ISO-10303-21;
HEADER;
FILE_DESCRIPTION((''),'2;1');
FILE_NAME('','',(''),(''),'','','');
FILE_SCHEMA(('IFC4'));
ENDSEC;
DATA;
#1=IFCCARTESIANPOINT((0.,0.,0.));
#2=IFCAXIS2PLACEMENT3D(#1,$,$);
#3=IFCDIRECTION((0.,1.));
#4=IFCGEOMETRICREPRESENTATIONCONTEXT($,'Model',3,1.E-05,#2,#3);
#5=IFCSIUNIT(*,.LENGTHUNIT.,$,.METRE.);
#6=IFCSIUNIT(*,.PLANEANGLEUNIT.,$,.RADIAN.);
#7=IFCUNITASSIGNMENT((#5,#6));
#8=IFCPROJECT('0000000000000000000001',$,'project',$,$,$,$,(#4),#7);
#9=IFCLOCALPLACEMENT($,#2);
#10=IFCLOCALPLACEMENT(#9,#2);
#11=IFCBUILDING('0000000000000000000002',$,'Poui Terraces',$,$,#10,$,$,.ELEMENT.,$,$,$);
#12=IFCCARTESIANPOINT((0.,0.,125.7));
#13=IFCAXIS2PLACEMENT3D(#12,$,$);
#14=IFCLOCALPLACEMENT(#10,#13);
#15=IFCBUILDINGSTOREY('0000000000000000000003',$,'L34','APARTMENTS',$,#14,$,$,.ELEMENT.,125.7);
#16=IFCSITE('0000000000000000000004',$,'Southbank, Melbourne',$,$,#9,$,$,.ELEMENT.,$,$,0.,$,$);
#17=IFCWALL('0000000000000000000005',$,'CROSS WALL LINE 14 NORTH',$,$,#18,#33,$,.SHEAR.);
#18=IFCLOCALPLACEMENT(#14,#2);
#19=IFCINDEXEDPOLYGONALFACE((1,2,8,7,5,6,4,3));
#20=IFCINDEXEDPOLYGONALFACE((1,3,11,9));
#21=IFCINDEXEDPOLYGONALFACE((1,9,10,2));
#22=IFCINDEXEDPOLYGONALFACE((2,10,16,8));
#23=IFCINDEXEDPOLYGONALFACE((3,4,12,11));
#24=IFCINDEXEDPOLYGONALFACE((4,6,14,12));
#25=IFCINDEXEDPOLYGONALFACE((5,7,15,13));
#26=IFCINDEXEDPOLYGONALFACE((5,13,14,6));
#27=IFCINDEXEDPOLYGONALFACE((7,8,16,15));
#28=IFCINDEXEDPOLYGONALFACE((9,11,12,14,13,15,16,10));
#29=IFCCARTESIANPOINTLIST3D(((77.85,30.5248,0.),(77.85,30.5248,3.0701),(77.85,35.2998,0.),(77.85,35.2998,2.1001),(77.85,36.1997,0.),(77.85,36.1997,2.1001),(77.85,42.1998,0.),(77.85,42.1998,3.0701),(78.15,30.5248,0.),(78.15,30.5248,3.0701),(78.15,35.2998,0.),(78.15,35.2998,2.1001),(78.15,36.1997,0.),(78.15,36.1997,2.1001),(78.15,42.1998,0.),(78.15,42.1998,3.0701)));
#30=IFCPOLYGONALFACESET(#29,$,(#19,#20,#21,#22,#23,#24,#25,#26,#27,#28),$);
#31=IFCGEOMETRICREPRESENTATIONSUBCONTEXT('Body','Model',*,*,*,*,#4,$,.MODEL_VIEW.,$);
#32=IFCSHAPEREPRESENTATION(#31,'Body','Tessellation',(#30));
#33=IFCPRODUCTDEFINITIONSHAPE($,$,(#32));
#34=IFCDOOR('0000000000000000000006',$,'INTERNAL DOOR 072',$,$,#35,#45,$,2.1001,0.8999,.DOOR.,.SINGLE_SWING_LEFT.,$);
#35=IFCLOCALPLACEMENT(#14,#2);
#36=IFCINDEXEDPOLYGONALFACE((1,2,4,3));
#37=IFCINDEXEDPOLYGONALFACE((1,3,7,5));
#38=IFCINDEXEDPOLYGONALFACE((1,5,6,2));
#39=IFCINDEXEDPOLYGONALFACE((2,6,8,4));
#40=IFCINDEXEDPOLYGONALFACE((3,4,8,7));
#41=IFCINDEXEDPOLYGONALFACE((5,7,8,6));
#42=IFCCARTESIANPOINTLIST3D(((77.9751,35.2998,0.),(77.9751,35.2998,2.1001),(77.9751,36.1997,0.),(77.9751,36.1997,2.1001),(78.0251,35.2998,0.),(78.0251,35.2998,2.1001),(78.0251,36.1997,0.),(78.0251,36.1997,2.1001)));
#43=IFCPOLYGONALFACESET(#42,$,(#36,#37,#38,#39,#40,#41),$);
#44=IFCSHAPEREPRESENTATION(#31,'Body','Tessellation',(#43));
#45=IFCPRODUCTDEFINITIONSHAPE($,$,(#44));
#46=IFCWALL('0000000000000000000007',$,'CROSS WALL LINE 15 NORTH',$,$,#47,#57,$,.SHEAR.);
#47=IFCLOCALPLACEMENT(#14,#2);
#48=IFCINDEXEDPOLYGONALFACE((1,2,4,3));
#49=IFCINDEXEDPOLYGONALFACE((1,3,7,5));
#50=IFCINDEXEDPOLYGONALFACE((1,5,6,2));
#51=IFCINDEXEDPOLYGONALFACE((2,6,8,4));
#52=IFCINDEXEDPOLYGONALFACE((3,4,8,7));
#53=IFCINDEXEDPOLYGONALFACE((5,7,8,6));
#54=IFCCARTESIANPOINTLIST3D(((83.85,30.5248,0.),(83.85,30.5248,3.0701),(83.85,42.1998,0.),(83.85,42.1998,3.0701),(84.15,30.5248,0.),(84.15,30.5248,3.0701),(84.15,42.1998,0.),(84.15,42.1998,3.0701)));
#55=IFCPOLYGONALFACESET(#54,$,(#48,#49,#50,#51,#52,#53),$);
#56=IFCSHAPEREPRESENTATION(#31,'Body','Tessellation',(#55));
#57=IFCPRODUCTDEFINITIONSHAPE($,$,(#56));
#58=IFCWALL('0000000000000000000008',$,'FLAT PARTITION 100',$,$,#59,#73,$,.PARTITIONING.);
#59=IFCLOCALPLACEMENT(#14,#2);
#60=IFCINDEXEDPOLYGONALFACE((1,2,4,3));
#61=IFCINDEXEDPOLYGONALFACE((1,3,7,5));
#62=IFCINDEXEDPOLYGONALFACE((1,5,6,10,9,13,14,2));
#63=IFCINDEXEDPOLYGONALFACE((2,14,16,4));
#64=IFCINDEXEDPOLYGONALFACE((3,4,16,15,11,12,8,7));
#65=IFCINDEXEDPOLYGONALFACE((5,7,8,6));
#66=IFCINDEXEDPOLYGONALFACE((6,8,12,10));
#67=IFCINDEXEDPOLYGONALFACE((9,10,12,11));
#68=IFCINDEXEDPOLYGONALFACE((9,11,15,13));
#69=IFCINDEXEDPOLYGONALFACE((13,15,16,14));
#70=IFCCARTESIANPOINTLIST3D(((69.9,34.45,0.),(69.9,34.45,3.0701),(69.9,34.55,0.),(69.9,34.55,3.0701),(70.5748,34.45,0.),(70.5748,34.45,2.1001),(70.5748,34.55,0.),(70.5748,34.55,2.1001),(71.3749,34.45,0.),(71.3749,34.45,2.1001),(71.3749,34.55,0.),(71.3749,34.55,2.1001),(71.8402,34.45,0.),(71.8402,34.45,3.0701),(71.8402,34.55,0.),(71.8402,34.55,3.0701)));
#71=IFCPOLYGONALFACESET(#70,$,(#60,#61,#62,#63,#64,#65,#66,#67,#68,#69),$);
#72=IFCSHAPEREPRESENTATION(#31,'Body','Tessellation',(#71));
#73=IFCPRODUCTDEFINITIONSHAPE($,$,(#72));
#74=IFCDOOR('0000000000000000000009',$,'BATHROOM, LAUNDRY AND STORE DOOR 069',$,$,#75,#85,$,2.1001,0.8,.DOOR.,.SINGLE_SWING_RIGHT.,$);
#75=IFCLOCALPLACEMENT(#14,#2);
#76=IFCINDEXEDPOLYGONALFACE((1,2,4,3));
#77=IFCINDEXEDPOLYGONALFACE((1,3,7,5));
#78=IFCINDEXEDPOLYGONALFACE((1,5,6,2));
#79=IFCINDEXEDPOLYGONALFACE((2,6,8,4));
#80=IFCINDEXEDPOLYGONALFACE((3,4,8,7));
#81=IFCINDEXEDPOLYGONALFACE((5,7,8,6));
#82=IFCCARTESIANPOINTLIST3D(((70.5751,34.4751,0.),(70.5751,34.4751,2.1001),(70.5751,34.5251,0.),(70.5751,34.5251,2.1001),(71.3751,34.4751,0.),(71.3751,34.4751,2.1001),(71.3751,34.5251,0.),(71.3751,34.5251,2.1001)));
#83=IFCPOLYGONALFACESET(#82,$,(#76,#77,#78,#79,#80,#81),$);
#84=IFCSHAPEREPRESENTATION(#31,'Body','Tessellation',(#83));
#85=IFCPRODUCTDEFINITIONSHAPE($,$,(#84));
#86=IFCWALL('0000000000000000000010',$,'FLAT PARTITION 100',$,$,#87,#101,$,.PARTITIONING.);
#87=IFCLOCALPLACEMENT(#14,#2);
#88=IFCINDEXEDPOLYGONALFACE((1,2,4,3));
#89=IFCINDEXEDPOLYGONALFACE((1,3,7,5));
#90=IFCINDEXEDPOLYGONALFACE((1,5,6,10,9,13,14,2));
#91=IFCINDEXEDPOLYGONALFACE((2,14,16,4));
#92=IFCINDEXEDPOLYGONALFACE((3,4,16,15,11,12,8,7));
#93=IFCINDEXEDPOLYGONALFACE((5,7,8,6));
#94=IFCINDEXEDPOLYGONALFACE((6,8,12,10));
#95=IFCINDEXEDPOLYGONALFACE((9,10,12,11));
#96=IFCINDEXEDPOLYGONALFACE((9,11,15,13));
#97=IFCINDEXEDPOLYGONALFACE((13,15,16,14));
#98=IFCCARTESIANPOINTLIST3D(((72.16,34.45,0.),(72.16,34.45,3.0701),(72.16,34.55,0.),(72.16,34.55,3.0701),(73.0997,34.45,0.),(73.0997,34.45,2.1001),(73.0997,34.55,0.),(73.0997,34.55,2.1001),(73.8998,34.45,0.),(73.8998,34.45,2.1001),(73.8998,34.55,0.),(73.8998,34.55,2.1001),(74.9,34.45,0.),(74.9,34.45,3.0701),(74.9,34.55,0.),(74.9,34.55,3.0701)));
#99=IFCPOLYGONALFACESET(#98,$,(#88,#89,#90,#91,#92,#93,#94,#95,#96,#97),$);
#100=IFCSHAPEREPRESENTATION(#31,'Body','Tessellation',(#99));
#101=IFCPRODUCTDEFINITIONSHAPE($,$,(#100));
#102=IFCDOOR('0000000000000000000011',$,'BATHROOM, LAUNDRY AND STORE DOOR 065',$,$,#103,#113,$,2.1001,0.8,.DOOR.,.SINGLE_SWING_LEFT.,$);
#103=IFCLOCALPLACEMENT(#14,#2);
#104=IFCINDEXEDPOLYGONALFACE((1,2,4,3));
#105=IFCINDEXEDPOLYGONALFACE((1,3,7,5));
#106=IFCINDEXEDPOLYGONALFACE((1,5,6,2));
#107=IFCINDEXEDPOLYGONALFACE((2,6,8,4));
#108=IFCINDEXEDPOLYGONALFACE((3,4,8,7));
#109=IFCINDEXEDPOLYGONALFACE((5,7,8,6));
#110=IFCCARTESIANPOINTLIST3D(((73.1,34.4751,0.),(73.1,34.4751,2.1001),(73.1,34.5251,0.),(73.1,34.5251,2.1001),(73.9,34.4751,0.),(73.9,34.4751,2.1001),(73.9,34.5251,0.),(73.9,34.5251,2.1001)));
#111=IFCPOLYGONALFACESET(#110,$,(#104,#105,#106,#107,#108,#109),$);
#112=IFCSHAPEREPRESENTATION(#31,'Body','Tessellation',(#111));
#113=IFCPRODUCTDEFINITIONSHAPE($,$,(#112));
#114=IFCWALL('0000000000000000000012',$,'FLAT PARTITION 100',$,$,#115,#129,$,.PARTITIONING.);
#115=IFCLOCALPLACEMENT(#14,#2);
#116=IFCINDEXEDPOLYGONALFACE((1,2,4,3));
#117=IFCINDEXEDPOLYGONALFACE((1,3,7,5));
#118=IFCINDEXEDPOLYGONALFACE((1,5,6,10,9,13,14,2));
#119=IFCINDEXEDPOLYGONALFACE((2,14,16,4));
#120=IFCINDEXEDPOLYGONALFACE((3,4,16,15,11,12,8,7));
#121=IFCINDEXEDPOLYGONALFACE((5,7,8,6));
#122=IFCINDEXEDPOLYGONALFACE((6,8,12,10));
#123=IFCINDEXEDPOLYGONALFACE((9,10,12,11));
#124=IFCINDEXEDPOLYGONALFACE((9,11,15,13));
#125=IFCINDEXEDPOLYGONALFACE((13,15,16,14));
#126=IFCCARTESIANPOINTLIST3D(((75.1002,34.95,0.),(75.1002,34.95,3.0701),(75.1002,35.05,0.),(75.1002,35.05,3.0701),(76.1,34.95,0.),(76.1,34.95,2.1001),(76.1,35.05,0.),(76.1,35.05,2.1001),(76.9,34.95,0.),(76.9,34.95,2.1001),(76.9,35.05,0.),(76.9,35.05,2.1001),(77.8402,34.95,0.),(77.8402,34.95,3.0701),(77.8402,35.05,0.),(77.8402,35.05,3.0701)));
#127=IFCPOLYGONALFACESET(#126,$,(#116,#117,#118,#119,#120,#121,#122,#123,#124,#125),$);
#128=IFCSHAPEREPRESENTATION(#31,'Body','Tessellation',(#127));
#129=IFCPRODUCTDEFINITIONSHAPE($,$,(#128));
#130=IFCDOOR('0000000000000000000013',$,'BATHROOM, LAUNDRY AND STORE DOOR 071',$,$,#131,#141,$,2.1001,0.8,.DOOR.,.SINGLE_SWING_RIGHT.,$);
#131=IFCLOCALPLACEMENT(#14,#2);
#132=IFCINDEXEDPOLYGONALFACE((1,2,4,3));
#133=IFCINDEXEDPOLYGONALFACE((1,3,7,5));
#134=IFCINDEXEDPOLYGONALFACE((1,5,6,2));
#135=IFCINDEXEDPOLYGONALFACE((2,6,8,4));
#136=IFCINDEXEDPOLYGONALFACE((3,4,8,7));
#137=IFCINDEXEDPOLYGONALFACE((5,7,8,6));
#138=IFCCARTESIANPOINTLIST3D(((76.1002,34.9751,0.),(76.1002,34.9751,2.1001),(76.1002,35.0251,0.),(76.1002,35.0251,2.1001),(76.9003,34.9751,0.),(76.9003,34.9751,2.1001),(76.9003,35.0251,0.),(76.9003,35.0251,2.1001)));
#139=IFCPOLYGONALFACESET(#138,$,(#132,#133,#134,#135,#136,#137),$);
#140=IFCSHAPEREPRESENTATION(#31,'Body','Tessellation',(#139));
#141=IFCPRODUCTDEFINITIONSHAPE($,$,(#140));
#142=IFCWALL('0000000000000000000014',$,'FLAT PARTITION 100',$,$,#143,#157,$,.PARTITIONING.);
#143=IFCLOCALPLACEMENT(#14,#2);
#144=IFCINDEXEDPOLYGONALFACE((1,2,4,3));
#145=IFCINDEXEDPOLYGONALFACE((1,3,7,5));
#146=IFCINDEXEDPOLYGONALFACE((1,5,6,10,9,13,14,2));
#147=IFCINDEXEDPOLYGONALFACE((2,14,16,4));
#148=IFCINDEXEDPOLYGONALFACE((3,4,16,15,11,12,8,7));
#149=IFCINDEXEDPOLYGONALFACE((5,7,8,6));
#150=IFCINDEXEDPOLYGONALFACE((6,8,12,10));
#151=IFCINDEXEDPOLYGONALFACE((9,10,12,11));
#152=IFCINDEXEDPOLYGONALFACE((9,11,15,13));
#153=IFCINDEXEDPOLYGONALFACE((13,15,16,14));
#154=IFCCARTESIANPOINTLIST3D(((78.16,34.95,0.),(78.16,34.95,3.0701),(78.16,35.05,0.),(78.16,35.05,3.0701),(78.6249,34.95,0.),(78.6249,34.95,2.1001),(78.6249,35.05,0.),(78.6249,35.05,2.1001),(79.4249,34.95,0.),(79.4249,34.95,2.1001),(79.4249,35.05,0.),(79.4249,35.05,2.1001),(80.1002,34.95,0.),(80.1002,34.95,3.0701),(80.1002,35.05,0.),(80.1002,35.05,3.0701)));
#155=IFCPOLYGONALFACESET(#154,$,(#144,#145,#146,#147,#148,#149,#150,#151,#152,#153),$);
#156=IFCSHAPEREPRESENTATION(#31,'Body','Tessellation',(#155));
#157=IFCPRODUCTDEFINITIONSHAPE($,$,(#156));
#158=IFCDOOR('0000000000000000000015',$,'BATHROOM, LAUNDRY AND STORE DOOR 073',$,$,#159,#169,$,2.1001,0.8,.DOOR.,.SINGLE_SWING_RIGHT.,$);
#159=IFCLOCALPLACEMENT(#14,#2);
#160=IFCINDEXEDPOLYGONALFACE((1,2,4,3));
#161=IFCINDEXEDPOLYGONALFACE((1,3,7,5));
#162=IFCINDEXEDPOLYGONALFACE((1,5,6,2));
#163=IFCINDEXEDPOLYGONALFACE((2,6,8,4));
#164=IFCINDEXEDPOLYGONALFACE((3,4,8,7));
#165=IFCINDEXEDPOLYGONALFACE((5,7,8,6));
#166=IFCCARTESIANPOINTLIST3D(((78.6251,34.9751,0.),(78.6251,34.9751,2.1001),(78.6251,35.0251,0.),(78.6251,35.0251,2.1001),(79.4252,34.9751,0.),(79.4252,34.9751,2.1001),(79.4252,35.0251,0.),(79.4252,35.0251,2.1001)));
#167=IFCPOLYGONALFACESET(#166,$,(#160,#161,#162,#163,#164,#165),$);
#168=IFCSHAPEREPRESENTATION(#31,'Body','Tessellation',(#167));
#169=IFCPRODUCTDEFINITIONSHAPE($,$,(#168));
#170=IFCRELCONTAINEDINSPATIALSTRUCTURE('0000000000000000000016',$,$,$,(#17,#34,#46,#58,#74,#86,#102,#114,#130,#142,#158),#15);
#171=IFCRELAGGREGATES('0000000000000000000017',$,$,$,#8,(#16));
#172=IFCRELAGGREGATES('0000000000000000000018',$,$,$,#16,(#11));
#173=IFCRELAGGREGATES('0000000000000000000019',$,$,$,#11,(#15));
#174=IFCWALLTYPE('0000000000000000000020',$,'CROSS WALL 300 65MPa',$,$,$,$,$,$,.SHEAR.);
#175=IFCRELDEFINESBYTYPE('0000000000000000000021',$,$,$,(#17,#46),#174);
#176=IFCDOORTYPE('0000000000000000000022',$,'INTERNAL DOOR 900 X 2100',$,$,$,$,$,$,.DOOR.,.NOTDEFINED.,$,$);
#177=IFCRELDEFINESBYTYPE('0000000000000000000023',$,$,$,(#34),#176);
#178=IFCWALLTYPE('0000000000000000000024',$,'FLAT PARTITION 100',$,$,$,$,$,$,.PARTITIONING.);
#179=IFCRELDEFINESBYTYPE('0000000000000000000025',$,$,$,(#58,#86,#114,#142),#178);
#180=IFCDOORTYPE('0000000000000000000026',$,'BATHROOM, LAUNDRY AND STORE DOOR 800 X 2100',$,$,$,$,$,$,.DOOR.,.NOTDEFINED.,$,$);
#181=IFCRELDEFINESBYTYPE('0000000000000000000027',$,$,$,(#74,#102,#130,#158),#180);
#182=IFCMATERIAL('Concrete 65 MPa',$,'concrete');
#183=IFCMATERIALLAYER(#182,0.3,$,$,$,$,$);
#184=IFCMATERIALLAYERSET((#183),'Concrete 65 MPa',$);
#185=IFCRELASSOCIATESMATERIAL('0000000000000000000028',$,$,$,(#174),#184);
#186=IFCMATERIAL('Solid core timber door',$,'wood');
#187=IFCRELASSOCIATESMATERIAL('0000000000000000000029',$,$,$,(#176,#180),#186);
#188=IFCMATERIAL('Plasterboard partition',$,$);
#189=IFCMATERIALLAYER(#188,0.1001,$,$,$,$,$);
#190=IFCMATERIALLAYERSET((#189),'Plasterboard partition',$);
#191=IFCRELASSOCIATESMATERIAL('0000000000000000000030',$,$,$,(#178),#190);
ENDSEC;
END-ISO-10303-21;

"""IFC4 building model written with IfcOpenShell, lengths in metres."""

from ifc_helpers import new_model, si_unit, direction, frame, frame_2d, origin, place, context, subcontext, project, spatial, rectangle, extrude, material, layer, layer_set, type_object, element, fill, save


model = new_model("IFC4")

# Units and contexts
model_context = context("Model", 3, precision=1e-05, world=origin(), true_north=direction((0.0, 1.0)))
body_context = subcontext(model_context, "Body", "Model", "MODEL_VIEW")
ifc_project = project(units=[si_unit("LENGTHUNIT", "METRE"), si_unit("PLANEANGLEUNIT", "RADIAN")], contexts=[model_context])

# Site, building, storey
site_placement = place(None, origin())
site = spatial("IfcSite", under=ifc_project, at=site_placement, Name="Southbank, Melbourne", CompositionType="ELEMENT", RefElevation=0.0)
building_placement = place(site_placement, origin())
building = spatial("IfcBuilding", under=site, at=building_placement, Name="Poui Terraces", CompositionType="ELEMENT")
storey_placement = place(building_placement, frame((0.0, 0.0, 125.7)))
storey = spatial("IfcBuildingStorey", under=building, at=storey_placement, Name="L34", Description="APARTMENTS", CompositionType="ELEMENT", Elevation=125.7)

# Wall, opening, door
ifc_material_1 = material(Name="Concrete 65 MPa", Category="concrete")
ifc_layer_1 = layer(ifc_material_1, 0.3)
ifc_layer_set_1 = layer_set([ifc_layer_1], Name="Concrete 65 MPa")
wall_type_1 = type_object("IfcWallType", Name="CROSS WALL 300 65MPa", PredefinedType="SHEAR", material=ifc_layer_set_1)
wall_1_placement = place(storey_placement, frame((78.0, 30.5249, 0.0), z_axis=(0.0, 0.0, 1.0), x_axis=(0.0, 1.0, 0.0)))
wall_1 = element("IfcWall", 1, at=wall_1_placement, inside=storey, type_object=wall_type_1, Name="CROSS WALL LINE 14 NORTH", PredefinedType="SHEAR", context=body_context, shape_type="SweptSolid", body=[
    extrude(rectangle(XDim=11.675, YDim=0.3, at=frame_2d((5.8374, 0.0))), origin(), (0.0, 0.0, 1.0), 3.0701),
])
opening_1_placement = place(wall_1_placement, frame((4.7749, 0.0, 0.0)))
opening_1 = element("IfcOpeningElement", 2, at=opening_1_placement, cuts=wall_1, PredefinedType="OPENING", context=body_context, shape_type="SweptSolid", body=[
    extrude(rectangle(XDim=0.8999, YDim=2.1001, at=frame_2d((0.45, 1.05))), frame((0.0, 0.1602, 0.0), z_axis=(0.0, -1.0, 0.0), x_axis=(1.0, 0.0, 0.0)), (0.0, 0.0, 1.0), 0.3201),
])
ifc_material_2 = material(Name="Solid core timber door", Category="wood")
door_type_1 = type_object("IfcDoorType", Name="INTERNAL DOOR 900 X 2100", OperationType="NOTDEFINED", PredefinedType="DOOR", material=ifc_material_2)
door_1_placement = place(opening_1_placement, origin())
door_1 = element("IfcDoor", 3, at=door_1_placement, inside=storey, type_object=door_type_1, Name="INTERNAL DOOR 072", OperationType="SINGLE_SWING_LEFT", OverallHeight=2.1001, OverallWidth=0.8999, PredefinedType="DOOR", context=body_context, shape_type="SweptSolid", body=[
    extrude(rectangle(XDim=0.8999, YDim=2.1001, at=frame_2d((0.45, 1.05))), frame((0.0, 0.0249, 0.0), z_axis=(0.0, -1.0, 0.0), x_axis=(1.0, 0.0, 0.0)), (0.0, 0.0, 1.0), 0.05),
])
fill(opening_1, door_1)

# Wall
wall_2_placement = place(storey_placement, frame((84.0, 30.5249, 0.0), z_axis=(0.0, 0.0, 1.0), x_axis=(0.0, 1.0, 0.0)))
element("IfcWall", 4, at=wall_2_placement, inside=storey, type_object=wall_type_1, Name="CROSS WALL LINE 15 NORTH", PredefinedType="SHEAR", context=body_context, shape_type="SweptSolid", body=[
    extrude(rectangle(XDim=11.675, YDim=0.3, at=frame_2d((5.8374, 0.0))), origin(), (0.0, 0.0, 1.0), 3.0701),
])

# Walls, openings, doors
ifc_material_3 = material(Name="Plasterboard partition")
ifc_layer_2 = layer(ifc_material_3, 0.1001)
ifc_layer_set_2 = layer_set([ifc_layer_2], Name="Plasterboard partition")
wall_type_2 = type_object("IfcWallType", Name="FLAT PARTITION 100", PredefinedType="PARTITIONING", material=ifc_layer_set_2)
wall_3_placement = place(storey_placement, frame((69.8999, 34.5, 0.0), z_axis=(0.0, 0.0, 1.0), x_axis=(1.0, 0.0, 0.0)))
wall_3 = element("IfcWall", 5, at=wall_3_placement, inside=storey, type_object=wall_type_2, Name="FLAT PARTITION 100", PredefinedType="PARTITIONING", context=body_context, shape_type="SweptSolid", body=[
    extrude(rectangle(XDim=1.9402, YDim=0.1001, at=frame_2d((0.9702, 0.0))), origin(), (0.0, 0.0, 1.0), 3.0701),
])
opening_2_placement = place(wall_3_placement, frame((0.675, 0.0, 0.0)))
opening_2 = element("IfcOpeningElement", 6, at=opening_2_placement, cuts=wall_3, PredefinedType="OPENING", context=body_context, shape_type="SweptSolid", body=[
    extrude(rectangle(XDim=0.8, YDim=2.1001, at=frame_2d((0.3999, 1.05))), frame((0.0, 0.0601, 0.0), z_axis=(0.0, -1.0, 0.0), x_axis=(1.0, 0.0, 0.0)), (0.0, 0.0, 1.0), 0.1201),
])
door_type_2 = type_object("IfcDoorType", Name="BATHROOM, LAUNDRY AND STORE DOOR 800 X 2100", OperationType="NOTDEFINED", PredefinedType="DOOR", material=ifc_material_2)
door_2_placement = place(opening_2_placement, frame((0.8, 0.0, 0.0), z_axis=(0.0, 0.0, 1.0), x_axis=(-1.0, 0.0, 0.0)))
door_2 = element("IfcDoor", 7, at=door_2_placement, inside=storey, type_object=door_type_2, Name="BATHROOM, LAUNDRY AND STORE DOOR 069", OperationType="SINGLE_SWING_RIGHT", OverallHeight=2.1001, OverallWidth=0.8, PredefinedType="DOOR", context=body_context, shape_type="SweptSolid", body=[
    extrude(rectangle(XDim=0.8, YDim=2.1001, at=frame_2d((0.3999, 1.05))), frame((0.0, 0.0249, 0.0), z_axis=(0.0, -1.0, 0.0), x_axis=(1.0, 0.0, 0.0)), (0.0, 0.0, 1.0), 0.05),
])
fill(opening_2, door_2)
wall_4_placement = place(storey_placement, frame((72.1599, 34.5, 0.0), z_axis=(0.0, 0.0, 1.0), x_axis=(1.0, 0.0, 0.0)))
wall_4 = element("IfcWall", 8, at=wall_4_placement, inside=storey, type_object=wall_type_2, Name="FLAT PARTITION 100", PredefinedType="PARTITIONING", context=body_context, shape_type="SweptSolid", body=[
    extrude(rectangle(XDim=2.74, YDim=0.1001, at=frame_2d((1.3701, 0.0))), origin(), (0.0, 0.0, 1.0), 3.0701),
])
opening_3_placement = place(wall_4_placement, frame((0.9399, 0.0, 0.0)))
opening_3 = element("IfcOpeningElement", 9, at=opening_3_placement, cuts=wall_4, PredefinedType="OPENING", context=body_context, shape_type="SweptSolid", body=[
    extrude(rectangle(XDim=0.8, YDim=2.1001, at=frame_2d((0.3999, 1.05))), frame((0.0, 0.0601, 0.0), z_axis=(0.0, -1.0, 0.0), x_axis=(1.0, 0.0, 0.0)), (0.0, 0.0, 1.0), 0.1201),
])
door_3_placement = place(opening_3_placement, frame((0.8, 0.0, 0.0), z_axis=(0.0, 0.0, 1.0), x_axis=(-1.0, 0.0, 0.0)))
door_3 = element("IfcDoor", 10, at=door_3_placement, inside=storey, type_object=door_type_2, Name="BATHROOM, LAUNDRY AND STORE DOOR 065", OperationType="SINGLE_SWING_LEFT", OverallHeight=2.1001, OverallWidth=0.8, PredefinedType="DOOR", context=body_context, shape_type="SweptSolid", body=[
    extrude(rectangle(XDim=0.8, YDim=2.1001, at=frame_2d((0.3999, 1.05))), frame((0.0, 0.0249, 0.0), z_axis=(0.0, -1.0, 0.0), x_axis=(1.0, 0.0, 0.0)), (0.0, 0.0, 1.0), 0.05),
])
fill(opening_3, door_3)
wall_5_placement = place(storey_placement, frame((75.1001, 35.0, 0.0), z_axis=(0.0, 0.0, 1.0), x_axis=(1.0, 0.0, 0.0)))
wall_5 = element("IfcWall", 11, at=wall_5_placement, inside=storey, type_object=wall_type_2, Name="FLAT PARTITION 100", PredefinedType="PARTITIONING", context=body_context, shape_type="SweptSolid", body=[
    extrude(rectangle(XDim=2.74, YDim=0.1001, at=frame_2d((1.3701, 0.0))), origin(), (0.0, 0.0, 1.0), 3.0701),
])
opening_4_placement = place(wall_5_placement, frame((1.0, 0.0, 0.0)))
opening_4 = element("IfcOpeningElement", 12, at=opening_4_placement, cuts=wall_5, PredefinedType="OPENING", context=body_context, shape_type="SweptSolid", body=[
    extrude(rectangle(XDim=0.8, YDim=2.1001, at=frame_2d((0.3999, 1.05))), frame((0.0, 0.0601, 0.0), z_axis=(0.0, -1.0, 0.0), x_axis=(1.0, 0.0, 0.0)), (0.0, 0.0, 1.0), 0.1201),
])
door_4_placement = place(opening_4_placement, frame((0.8, 0.0, 0.0), z_axis=(0.0, 0.0, 1.0), x_axis=(-1.0, 0.0, 0.0)))
door_4 = element("IfcDoor", 13, at=door_4_placement, inside=storey, type_object=door_type_2, Name="BATHROOM, LAUNDRY AND STORE DOOR 071", OperationType="SINGLE_SWING_RIGHT", OverallHeight=2.1001, OverallWidth=0.8, PredefinedType="DOOR", context=body_context, shape_type="SweptSolid", body=[
    extrude(rectangle(XDim=0.8, YDim=2.1001, at=frame_2d((0.3999, 1.05))), frame((0.0, 0.0249, 0.0), z_axis=(0.0, -1.0, 0.0), x_axis=(1.0, 0.0, 0.0)), (0.0, 0.0, 1.0), 0.05),
])
fill(opening_4, door_4)
wall_6_placement = place(storey_placement, frame((78.1599, 35.0, 0.0), z_axis=(0.0, 0.0, 1.0), x_axis=(1.0, 0.0, 0.0)))
wall_6 = element("IfcWall", 14, at=wall_6_placement, inside=storey, type_object=wall_type_2, Name="FLAT PARTITION 100", PredefinedType="PARTITIONING", context=body_context, shape_type="SweptSolid", body=[
    extrude(rectangle(XDim=1.9402, YDim=0.1001, at=frame_2d((0.9702, 0.0))), origin(), (0.0, 0.0, 1.0), 3.0701),
])
opening_5_placement = place(wall_6_placement, frame((0.4651, 0.0, 0.0)))
opening_5 = element("IfcOpeningElement", 15, at=opening_5_placement, cuts=wall_6, PredefinedType="OPENING", context=body_context, shape_type="SweptSolid", body=[
    extrude(rectangle(XDim=0.8, YDim=2.1001, at=frame_2d((0.3999, 1.05))), frame((0.0, 0.0601, 0.0), z_axis=(0.0, -1.0, 0.0), x_axis=(1.0, 0.0, 0.0)), (0.0, 0.0, 1.0), 0.1201),
])
door_5_placement = place(opening_5_placement, frame((0.8, 0.0, 0.0), z_axis=(0.0, 0.0, 1.0), x_axis=(-1.0, 0.0, 0.0)))
door_5 = element("IfcDoor", 16, at=door_5_placement, inside=storey, type_object=door_type_2, Name="BATHROOM, LAUNDRY AND STORE DOOR 073", OperationType="SINGLE_SWING_RIGHT", OverallHeight=2.1001, OverallWidth=0.8, PredefinedType="DOOR", context=body_context, shape_type="SweptSolid", body=[
    extrude(rectangle(XDim=0.8, YDim=2.1001, at=frame_2d((0.3999, 1.05))), frame((0.0, 0.0249, 0.0), z_axis=(0.0, -1.0, 0.0), x_axis=(1.0, 0.0, 0.0)), (0.0, 0.0, 1.0), 0.05),
])
fill(opening_5, door_5)

save(model, "model.ifc")
